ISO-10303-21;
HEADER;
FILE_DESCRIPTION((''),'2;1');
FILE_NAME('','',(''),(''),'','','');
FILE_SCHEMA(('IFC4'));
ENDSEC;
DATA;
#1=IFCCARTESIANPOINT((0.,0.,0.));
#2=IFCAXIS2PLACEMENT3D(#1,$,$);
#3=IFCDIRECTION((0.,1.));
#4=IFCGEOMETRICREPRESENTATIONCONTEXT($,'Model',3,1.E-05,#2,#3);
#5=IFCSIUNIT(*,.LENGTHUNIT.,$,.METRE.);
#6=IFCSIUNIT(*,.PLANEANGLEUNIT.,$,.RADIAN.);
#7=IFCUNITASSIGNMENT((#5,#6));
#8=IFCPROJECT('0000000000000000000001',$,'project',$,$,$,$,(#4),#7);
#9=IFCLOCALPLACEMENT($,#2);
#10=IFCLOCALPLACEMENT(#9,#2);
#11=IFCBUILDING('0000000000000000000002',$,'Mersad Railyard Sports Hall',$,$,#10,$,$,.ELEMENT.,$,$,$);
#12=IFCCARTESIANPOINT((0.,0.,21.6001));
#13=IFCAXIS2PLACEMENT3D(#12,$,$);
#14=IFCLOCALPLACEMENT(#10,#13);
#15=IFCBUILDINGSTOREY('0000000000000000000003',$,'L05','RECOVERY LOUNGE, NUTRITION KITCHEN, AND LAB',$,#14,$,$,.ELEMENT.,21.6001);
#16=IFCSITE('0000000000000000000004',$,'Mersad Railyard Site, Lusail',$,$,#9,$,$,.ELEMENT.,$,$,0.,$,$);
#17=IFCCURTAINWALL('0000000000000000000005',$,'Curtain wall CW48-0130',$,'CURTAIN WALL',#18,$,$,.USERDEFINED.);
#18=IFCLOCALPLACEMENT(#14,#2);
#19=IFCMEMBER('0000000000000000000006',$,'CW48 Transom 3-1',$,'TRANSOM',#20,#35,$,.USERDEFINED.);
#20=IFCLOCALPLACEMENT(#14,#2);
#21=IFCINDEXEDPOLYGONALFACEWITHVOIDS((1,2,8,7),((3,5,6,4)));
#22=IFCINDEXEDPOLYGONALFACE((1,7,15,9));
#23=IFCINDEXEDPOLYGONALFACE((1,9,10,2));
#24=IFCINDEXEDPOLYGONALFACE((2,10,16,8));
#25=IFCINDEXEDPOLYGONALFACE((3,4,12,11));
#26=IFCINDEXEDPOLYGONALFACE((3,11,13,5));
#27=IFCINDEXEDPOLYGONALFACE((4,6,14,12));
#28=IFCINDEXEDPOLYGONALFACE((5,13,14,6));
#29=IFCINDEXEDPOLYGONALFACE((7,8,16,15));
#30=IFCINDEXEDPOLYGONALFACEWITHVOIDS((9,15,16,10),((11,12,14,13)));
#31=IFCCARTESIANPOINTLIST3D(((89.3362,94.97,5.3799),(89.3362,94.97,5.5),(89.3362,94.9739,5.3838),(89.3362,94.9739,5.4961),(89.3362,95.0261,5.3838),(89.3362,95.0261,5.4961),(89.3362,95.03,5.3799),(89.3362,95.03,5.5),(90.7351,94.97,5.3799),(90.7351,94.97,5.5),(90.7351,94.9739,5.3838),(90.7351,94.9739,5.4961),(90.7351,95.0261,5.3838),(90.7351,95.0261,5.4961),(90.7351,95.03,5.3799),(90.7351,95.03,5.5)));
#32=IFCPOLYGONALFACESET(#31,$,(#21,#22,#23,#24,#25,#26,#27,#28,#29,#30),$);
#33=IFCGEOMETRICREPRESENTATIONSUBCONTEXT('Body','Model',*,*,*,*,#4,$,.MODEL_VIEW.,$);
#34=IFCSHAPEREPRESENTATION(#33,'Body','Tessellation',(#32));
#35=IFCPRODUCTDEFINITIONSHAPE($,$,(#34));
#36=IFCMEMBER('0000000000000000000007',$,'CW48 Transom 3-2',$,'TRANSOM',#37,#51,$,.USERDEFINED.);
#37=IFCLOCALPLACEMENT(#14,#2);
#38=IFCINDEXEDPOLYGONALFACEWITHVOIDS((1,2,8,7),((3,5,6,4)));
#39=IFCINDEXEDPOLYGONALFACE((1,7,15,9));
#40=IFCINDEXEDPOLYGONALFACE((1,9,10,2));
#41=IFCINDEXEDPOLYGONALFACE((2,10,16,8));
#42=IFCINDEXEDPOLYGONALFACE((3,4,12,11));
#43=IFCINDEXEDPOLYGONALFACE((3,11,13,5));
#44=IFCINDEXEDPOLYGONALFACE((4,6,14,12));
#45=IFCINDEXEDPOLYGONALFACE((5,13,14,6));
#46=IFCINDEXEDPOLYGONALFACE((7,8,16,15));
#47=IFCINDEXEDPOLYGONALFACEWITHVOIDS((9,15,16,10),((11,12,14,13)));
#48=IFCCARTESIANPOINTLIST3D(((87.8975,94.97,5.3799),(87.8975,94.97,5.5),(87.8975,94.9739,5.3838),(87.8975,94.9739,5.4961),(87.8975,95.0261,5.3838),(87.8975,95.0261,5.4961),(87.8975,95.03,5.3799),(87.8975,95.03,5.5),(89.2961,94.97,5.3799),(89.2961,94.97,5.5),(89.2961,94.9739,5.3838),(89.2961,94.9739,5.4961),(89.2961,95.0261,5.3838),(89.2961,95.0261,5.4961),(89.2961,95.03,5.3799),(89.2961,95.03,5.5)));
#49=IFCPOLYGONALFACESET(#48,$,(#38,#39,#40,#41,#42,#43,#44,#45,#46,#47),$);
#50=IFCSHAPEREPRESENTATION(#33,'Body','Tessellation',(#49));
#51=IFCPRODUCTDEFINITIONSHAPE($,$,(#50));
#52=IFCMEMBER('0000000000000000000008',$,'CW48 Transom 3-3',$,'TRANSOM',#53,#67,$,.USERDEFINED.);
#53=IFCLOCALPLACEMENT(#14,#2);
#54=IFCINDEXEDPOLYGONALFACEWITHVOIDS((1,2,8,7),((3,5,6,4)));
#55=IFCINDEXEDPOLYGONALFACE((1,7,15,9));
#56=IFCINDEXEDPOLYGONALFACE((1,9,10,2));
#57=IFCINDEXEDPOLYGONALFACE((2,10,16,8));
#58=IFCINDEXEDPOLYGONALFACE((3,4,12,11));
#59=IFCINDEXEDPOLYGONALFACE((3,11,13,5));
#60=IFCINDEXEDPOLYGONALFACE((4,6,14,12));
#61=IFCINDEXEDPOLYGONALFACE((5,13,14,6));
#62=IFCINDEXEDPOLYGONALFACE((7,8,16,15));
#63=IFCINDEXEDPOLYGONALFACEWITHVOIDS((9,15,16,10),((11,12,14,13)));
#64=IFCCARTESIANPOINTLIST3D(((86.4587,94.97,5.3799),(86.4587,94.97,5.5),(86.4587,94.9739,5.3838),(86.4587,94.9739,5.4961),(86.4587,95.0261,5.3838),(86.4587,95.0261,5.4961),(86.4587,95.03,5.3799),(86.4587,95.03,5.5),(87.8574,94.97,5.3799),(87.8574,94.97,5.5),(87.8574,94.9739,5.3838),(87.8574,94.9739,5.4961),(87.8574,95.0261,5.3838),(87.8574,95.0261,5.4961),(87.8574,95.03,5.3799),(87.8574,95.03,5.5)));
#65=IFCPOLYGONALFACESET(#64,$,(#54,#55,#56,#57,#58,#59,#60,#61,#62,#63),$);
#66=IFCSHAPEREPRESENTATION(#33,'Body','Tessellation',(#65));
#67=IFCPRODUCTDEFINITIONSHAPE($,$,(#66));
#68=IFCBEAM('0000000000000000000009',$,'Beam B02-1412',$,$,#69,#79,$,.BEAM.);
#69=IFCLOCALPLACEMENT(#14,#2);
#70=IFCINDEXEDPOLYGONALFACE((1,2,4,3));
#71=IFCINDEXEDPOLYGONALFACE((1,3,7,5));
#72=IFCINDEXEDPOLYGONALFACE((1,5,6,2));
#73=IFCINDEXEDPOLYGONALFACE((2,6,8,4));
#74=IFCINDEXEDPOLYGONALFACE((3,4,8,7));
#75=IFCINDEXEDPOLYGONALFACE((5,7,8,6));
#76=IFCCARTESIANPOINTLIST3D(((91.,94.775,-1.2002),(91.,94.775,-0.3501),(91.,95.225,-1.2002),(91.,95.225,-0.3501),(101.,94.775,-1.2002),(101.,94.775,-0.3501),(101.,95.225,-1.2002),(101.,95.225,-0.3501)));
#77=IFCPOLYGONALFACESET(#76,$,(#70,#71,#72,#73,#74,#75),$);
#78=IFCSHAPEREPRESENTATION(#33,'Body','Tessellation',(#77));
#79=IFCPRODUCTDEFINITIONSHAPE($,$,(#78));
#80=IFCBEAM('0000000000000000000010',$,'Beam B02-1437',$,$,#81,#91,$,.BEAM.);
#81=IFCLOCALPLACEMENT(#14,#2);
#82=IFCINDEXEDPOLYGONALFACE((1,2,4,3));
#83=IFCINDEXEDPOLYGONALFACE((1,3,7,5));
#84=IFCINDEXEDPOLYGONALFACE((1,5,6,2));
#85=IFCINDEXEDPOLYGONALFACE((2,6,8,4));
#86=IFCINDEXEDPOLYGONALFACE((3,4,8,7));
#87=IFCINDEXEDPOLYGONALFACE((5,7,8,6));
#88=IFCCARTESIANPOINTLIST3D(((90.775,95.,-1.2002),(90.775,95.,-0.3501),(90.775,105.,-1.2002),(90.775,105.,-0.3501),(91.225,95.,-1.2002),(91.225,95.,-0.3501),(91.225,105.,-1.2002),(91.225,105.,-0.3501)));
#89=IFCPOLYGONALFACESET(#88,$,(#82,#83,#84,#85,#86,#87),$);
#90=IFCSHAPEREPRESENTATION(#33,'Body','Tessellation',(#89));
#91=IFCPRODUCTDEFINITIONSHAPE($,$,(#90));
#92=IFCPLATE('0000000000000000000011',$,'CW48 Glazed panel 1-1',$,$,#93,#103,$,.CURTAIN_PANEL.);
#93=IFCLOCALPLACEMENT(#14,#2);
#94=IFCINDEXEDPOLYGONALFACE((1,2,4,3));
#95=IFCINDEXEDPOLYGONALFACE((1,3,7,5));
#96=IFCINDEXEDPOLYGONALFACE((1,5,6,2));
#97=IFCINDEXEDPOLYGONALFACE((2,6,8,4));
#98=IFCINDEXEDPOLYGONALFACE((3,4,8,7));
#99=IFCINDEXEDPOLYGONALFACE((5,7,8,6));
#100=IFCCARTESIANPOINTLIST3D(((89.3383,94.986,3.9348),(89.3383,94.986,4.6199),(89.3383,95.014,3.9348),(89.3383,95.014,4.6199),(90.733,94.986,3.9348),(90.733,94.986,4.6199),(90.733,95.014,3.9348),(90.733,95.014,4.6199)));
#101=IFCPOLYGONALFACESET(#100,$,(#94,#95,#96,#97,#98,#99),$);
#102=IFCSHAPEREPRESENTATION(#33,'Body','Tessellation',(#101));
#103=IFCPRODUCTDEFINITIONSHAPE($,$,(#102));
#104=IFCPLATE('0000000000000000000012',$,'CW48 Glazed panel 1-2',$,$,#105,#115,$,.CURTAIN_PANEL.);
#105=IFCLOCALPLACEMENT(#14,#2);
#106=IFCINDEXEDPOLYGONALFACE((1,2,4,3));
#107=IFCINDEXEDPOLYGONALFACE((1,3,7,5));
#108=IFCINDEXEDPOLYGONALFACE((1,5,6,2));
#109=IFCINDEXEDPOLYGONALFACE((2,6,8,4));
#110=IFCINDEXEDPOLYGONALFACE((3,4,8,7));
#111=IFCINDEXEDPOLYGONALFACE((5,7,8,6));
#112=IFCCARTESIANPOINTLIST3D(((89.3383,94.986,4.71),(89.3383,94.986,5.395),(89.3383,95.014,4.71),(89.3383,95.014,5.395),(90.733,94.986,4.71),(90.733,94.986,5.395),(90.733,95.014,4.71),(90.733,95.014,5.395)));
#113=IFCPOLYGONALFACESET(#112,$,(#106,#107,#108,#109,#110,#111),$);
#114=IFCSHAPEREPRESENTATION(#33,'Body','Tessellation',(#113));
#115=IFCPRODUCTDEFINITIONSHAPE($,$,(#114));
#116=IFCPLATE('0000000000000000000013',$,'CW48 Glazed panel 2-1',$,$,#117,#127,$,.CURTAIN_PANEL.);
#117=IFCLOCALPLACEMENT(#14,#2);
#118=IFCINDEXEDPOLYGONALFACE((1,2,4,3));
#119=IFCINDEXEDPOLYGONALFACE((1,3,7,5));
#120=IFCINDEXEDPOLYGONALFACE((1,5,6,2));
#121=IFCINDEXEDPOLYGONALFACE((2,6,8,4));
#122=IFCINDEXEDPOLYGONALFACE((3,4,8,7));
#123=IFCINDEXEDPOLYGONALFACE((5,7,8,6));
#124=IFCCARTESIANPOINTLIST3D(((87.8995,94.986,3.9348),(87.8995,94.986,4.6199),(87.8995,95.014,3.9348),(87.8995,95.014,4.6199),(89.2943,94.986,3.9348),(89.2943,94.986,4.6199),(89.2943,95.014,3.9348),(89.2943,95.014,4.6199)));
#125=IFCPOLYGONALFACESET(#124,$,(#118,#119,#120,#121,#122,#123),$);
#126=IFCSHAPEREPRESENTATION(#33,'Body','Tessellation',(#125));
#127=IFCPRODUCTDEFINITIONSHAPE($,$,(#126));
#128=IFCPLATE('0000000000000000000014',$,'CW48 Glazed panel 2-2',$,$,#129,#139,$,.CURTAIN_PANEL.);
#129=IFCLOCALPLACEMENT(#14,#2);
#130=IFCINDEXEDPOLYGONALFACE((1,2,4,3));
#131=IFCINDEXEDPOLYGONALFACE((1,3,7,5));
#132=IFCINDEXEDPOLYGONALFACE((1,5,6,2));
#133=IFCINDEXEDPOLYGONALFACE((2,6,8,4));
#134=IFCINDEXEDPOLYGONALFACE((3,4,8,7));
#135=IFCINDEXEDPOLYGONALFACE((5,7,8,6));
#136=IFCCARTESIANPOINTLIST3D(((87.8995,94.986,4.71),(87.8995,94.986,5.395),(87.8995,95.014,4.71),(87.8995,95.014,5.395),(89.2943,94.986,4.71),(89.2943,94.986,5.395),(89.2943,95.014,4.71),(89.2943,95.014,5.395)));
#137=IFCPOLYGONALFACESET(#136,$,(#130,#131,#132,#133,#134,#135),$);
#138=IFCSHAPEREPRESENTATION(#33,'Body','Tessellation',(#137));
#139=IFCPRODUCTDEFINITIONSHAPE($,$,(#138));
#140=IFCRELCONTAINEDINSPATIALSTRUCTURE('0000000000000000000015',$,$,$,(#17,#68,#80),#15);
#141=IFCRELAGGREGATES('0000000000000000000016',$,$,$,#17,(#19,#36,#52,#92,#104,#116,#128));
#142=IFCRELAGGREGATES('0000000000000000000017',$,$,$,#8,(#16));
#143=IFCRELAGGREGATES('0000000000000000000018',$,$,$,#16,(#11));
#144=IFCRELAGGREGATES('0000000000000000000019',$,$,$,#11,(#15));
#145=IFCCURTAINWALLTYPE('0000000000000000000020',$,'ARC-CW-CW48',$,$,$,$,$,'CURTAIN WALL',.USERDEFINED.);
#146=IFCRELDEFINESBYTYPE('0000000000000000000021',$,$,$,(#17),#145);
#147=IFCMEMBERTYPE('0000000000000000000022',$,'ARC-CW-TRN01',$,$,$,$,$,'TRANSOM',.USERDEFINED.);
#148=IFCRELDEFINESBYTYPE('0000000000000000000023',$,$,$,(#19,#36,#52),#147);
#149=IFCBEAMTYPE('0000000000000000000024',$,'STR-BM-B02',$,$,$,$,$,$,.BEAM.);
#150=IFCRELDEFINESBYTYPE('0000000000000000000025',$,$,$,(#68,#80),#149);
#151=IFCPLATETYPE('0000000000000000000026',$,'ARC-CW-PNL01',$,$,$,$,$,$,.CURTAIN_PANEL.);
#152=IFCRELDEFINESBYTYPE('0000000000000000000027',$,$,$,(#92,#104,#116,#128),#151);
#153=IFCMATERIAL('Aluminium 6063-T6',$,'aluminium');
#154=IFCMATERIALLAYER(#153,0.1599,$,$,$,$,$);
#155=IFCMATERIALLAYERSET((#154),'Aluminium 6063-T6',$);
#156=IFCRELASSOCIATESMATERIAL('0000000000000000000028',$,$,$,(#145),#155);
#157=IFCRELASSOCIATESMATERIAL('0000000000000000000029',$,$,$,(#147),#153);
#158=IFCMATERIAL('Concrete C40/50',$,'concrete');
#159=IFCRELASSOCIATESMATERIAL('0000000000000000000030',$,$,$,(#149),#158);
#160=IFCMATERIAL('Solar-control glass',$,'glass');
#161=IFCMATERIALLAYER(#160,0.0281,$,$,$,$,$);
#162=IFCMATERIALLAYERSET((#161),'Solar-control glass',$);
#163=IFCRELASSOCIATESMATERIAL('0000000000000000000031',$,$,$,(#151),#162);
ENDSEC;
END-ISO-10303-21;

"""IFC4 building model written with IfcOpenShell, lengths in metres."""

from ifc_helpers import new_model, si_unit, direction, frame, origin, origin_2d, place, context, subcontext, project, spatial, rectangle, hollow_rectangle, extrude, material, layer, layer_set, material_profile, profile_set, type_object, element, aggregate, save


model = new_model("IFC4")

# Units and contexts
model_context = context("Model", 3, precision=1e-05, world=origin(), true_north=direction((0.0, 1.0)))
body_context = subcontext(model_context, "Body", "Model", "MODEL_VIEW")
ifc_project = project(units=[si_unit("LENGTHUNIT", "METRE"), si_unit("PLANEANGLEUNIT", "RADIAN")], contexts=[model_context])

# Site, building, storey
site_placement = place(None, origin())
site = spatial("IfcSite", under=ifc_project, at=site_placement, Name="Mersad Railyard Site, Lusail", CompositionType="ELEMENT", RefElevation=0.0)
building_placement = place(site_placement, origin())
building = spatial("IfcBuilding", under=site, at=building_placement, Name="Mersad Railyard Sports Hall", CompositionType="ELEMENT")
storey_placement = place(building_placement, frame((0.0, 0.0, 21.6001)))
storey = spatial("IfcBuildingStorey", under=building, at=storey_placement, Name="L05", Description="RECOVERY LOUNGE, NUTRITION KITCHEN, AND LAB", CompositionType="ELEMENT", Elevation=21.6001)

# Shared definitions
ifc_material_1 = material(Name="Concrete C40/50", Category="concrete")

# Curtain wall
ifc_material_2 = material(Name="Aluminium 6063-T6", Category="aluminium")
ifc_layer_1 = layer(ifc_material_2, 0.1599)
ifc_layer_set_1 = layer_set([ifc_layer_1], Name="Aluminium 6063-T6")
curtain_wall_type_1 = type_object("IfcCurtainWallType", Name="ARC-CW-CW48", ElementType="CURTAIN WALL", PredefinedType="USERDEFINED", material=ifc_layer_set_1)
curtain_wall_1_placement = place(storey_placement, origin())
curtain_wall_1 = element("IfcCurtainWall", 1, at=curtain_wall_1_placement, inside=storey, type_object=curtain_wall_type_1, Name="Curtain wall CW48-0130", ObjectType="CURTAIN WALL", PredefinedType="USERDEFINED")

# Members
ifc_material_profile_1 = material_profile(ifc_material_2, hollow_rectangle(XDim=0.0601, YDim=0.1201, WallThickness=0.0039, at=origin_2d()), Name="AL TRANSOM 60x120x4")
ifc_profile_set_1 = profile_set([ifc_material_profile_1], Name="Aluminium 6063-T6")
member_type_1 = type_object("IfcMemberType", Name="ARC-CW-TRN01", ElementType="TRANSOM", PredefinedType="USERDEFINED", material=ifc_profile_set_1)
member_1_placement = place(storey_placement, frame((90.7351, 95.0, 5.4399), z_axis=(-1.0, 0.0, 0.0), x_axis=(0.0, -1.0, 0.0)))
member_1 = element("IfcMember", 2, at=member_1_placement, type_object=member_type_1, Name="CW48 Transom 3-1", ObjectType="TRANSOM", PredefinedType="USERDEFINED", context=body_context, shape_type="SweptSolid", body=[
    extrude(hollow_rectangle(XDim=0.0601, YDim=0.1201, WallThickness=0.0039, at=origin_2d()), origin(), (0.0, 0.0, 1.0), 1.3989),
])
member_2_placement = place(storey_placement, frame((89.2961, 95.0, 5.4399), z_axis=(-1.0, 0.0, 0.0), x_axis=(0.0, -1.0, 0.0)))
member_2 = element("IfcMember", 3, at=member_2_placement, type_object=member_type_1, Name="CW48 Transom 3-2", ObjectType="TRANSOM", PredefinedType="USERDEFINED", context=body_context, shape_type="SweptSolid", body=[
    extrude(hollow_rectangle(XDim=0.0601, YDim=0.1201, WallThickness=0.0039, at=origin_2d()), origin(), (0.0, 0.0, 1.0), 1.3987),
])
member_3_placement = place(storey_placement, frame((87.8574, 95.0, 5.4399), z_axis=(-1.0, 0.0, 0.0), x_axis=(0.0, -1.0, 0.0)))
member_3 = element("IfcMember", 4, at=member_3_placement, type_object=member_type_1, Name="CW48 Transom 3-3", ObjectType="TRANSOM", PredefinedType="USERDEFINED", context=body_context, shape_type="SweptSolid", body=[
    extrude(hollow_rectangle(XDim=0.0601, YDim=0.1201, WallThickness=0.0039, at=origin_2d()), origin(), (0.0, 0.0, 1.0), 1.3987),
])

# Beams
ifc_material_profile_2 = material_profile(ifc_material_1, rectangle(XDim=0.45, YDim=0.8501, at=origin_2d()), Name="RC 450x850")
ifc_profile_set_2 = profile_set([ifc_material_profile_2], Name="Concrete C40/50")
beam_type = type_object("IfcBeamType", Name="STR-BM-B02", PredefinedType="BEAM", material=ifc_profile_set_2)
for number, where, z_axis, x_axis, name in (
    (5, (91.0, 95.0, -0.7751), (1.0, 0.0, 0.0), (0.0, 1.0, 0.0), "Beam B02-1412"),
    (6, (91.0, 95.0, -0.7751), (0.0, 1.0, 0.0), (-1.0, 0.0, 0.0), "Beam B02-1437"),
):
    element("IfcBeam", number, at=place(storey_placement, frame(where, z_axis=z_axis, x_axis=x_axis)), inside=storey, type_object=beam_type, Name=name, PredefinedType="BEAM", context=body_context, shape_type="SweptSolid", body=[
        extrude(rectangle(XDim=0.45, YDim=0.8501, at=origin_2d()), origin(), (0.0, 0.0, 1.0), 10.0),
    ])

# Plates
ifc_material_3 = material(Name="Solar-control glass", Category="glass")
ifc_layer_2 = layer(ifc_material_3, 0.0281)
ifc_layer_set_2 = layer_set([ifc_layer_2], Name="Solar-control glass")
plate_type = type_object("IfcPlateType", Name="ARC-CW-PNL01", PredefinedType="CURTAIN_PANEL", material=ifc_layer_set_2)
plate_1_placement = place(storey_placement, frame((90.0356, 95.0, 3.9348), z_axis=(0.0, 0.0, 1.0), x_axis=(-1.0, 0.0, 0.0)))
plate_1 = element("IfcPlate", 7, at=plate_1_placement, type_object=plate_type, Name="CW48 Glazed panel 1-1", PredefinedType="CURTAIN_PANEL", context=body_context, shape_type="SweptSolid", body=[
    extrude(rectangle(XDim=1.3948, YDim=0.0281, at=origin_2d()), origin(), (0.0, 0.0, 1.0), 0.6851),
])
plate_2_placement = place(storey_placement, frame((90.0356, 95.0, 4.71), z_axis=(0.0, 0.0, 1.0), x_axis=(-1.0, 0.0, 0.0)))
plate_2 = element("IfcPlate", 8, at=plate_2_placement, type_object=plate_type, Name="CW48 Glazed panel 1-2", PredefinedType="CURTAIN_PANEL", context=body_context, shape_type="SweptSolid", body=[
    extrude(rectangle(XDim=1.3948, YDim=0.0281, at=origin_2d()), origin(), (0.0, 0.0, 1.0), 0.6851),
])
plate_3_placement = place(storey_placement, frame((88.5969, 95.0, 3.9348), z_axis=(0.0, 0.0, 1.0), x_axis=(-1.0, 0.0, 0.0)))
plate_3 = element("IfcPlate", 9, at=plate_3_placement, type_object=plate_type, Name="CW48 Glazed panel 2-1", PredefinedType="CURTAIN_PANEL", context=body_context, shape_type="SweptSolid", body=[
    extrude(rectangle(XDim=1.3948, YDim=0.0281, at=origin_2d()), origin(), (0.0, 0.0, 1.0), 0.6851),
])
plate_4_placement = place(storey_placement, frame((88.5969, 95.0, 4.71), z_axis=(0.0, 0.0, 1.0), x_axis=(-1.0, 0.0, 0.0)))
plate_4 = element("IfcPlate", 10, at=plate_4_placement, type_object=plate_type, Name="CW48 Glazed panel 2-2", PredefinedType="CURTAIN_PANEL", context=body_context, shape_type="SweptSolid", body=[
    extrude(rectangle(XDim=1.3948, YDim=0.0281, at=origin_2d()), origin(), (0.0, 0.0, 1.0), 0.6851),
])
aggregate(curtain_wall_1, [member_1, member_2, member_3, plate_1, plate_2, plate_3, plate_4])

save(model, "model.ifc")
